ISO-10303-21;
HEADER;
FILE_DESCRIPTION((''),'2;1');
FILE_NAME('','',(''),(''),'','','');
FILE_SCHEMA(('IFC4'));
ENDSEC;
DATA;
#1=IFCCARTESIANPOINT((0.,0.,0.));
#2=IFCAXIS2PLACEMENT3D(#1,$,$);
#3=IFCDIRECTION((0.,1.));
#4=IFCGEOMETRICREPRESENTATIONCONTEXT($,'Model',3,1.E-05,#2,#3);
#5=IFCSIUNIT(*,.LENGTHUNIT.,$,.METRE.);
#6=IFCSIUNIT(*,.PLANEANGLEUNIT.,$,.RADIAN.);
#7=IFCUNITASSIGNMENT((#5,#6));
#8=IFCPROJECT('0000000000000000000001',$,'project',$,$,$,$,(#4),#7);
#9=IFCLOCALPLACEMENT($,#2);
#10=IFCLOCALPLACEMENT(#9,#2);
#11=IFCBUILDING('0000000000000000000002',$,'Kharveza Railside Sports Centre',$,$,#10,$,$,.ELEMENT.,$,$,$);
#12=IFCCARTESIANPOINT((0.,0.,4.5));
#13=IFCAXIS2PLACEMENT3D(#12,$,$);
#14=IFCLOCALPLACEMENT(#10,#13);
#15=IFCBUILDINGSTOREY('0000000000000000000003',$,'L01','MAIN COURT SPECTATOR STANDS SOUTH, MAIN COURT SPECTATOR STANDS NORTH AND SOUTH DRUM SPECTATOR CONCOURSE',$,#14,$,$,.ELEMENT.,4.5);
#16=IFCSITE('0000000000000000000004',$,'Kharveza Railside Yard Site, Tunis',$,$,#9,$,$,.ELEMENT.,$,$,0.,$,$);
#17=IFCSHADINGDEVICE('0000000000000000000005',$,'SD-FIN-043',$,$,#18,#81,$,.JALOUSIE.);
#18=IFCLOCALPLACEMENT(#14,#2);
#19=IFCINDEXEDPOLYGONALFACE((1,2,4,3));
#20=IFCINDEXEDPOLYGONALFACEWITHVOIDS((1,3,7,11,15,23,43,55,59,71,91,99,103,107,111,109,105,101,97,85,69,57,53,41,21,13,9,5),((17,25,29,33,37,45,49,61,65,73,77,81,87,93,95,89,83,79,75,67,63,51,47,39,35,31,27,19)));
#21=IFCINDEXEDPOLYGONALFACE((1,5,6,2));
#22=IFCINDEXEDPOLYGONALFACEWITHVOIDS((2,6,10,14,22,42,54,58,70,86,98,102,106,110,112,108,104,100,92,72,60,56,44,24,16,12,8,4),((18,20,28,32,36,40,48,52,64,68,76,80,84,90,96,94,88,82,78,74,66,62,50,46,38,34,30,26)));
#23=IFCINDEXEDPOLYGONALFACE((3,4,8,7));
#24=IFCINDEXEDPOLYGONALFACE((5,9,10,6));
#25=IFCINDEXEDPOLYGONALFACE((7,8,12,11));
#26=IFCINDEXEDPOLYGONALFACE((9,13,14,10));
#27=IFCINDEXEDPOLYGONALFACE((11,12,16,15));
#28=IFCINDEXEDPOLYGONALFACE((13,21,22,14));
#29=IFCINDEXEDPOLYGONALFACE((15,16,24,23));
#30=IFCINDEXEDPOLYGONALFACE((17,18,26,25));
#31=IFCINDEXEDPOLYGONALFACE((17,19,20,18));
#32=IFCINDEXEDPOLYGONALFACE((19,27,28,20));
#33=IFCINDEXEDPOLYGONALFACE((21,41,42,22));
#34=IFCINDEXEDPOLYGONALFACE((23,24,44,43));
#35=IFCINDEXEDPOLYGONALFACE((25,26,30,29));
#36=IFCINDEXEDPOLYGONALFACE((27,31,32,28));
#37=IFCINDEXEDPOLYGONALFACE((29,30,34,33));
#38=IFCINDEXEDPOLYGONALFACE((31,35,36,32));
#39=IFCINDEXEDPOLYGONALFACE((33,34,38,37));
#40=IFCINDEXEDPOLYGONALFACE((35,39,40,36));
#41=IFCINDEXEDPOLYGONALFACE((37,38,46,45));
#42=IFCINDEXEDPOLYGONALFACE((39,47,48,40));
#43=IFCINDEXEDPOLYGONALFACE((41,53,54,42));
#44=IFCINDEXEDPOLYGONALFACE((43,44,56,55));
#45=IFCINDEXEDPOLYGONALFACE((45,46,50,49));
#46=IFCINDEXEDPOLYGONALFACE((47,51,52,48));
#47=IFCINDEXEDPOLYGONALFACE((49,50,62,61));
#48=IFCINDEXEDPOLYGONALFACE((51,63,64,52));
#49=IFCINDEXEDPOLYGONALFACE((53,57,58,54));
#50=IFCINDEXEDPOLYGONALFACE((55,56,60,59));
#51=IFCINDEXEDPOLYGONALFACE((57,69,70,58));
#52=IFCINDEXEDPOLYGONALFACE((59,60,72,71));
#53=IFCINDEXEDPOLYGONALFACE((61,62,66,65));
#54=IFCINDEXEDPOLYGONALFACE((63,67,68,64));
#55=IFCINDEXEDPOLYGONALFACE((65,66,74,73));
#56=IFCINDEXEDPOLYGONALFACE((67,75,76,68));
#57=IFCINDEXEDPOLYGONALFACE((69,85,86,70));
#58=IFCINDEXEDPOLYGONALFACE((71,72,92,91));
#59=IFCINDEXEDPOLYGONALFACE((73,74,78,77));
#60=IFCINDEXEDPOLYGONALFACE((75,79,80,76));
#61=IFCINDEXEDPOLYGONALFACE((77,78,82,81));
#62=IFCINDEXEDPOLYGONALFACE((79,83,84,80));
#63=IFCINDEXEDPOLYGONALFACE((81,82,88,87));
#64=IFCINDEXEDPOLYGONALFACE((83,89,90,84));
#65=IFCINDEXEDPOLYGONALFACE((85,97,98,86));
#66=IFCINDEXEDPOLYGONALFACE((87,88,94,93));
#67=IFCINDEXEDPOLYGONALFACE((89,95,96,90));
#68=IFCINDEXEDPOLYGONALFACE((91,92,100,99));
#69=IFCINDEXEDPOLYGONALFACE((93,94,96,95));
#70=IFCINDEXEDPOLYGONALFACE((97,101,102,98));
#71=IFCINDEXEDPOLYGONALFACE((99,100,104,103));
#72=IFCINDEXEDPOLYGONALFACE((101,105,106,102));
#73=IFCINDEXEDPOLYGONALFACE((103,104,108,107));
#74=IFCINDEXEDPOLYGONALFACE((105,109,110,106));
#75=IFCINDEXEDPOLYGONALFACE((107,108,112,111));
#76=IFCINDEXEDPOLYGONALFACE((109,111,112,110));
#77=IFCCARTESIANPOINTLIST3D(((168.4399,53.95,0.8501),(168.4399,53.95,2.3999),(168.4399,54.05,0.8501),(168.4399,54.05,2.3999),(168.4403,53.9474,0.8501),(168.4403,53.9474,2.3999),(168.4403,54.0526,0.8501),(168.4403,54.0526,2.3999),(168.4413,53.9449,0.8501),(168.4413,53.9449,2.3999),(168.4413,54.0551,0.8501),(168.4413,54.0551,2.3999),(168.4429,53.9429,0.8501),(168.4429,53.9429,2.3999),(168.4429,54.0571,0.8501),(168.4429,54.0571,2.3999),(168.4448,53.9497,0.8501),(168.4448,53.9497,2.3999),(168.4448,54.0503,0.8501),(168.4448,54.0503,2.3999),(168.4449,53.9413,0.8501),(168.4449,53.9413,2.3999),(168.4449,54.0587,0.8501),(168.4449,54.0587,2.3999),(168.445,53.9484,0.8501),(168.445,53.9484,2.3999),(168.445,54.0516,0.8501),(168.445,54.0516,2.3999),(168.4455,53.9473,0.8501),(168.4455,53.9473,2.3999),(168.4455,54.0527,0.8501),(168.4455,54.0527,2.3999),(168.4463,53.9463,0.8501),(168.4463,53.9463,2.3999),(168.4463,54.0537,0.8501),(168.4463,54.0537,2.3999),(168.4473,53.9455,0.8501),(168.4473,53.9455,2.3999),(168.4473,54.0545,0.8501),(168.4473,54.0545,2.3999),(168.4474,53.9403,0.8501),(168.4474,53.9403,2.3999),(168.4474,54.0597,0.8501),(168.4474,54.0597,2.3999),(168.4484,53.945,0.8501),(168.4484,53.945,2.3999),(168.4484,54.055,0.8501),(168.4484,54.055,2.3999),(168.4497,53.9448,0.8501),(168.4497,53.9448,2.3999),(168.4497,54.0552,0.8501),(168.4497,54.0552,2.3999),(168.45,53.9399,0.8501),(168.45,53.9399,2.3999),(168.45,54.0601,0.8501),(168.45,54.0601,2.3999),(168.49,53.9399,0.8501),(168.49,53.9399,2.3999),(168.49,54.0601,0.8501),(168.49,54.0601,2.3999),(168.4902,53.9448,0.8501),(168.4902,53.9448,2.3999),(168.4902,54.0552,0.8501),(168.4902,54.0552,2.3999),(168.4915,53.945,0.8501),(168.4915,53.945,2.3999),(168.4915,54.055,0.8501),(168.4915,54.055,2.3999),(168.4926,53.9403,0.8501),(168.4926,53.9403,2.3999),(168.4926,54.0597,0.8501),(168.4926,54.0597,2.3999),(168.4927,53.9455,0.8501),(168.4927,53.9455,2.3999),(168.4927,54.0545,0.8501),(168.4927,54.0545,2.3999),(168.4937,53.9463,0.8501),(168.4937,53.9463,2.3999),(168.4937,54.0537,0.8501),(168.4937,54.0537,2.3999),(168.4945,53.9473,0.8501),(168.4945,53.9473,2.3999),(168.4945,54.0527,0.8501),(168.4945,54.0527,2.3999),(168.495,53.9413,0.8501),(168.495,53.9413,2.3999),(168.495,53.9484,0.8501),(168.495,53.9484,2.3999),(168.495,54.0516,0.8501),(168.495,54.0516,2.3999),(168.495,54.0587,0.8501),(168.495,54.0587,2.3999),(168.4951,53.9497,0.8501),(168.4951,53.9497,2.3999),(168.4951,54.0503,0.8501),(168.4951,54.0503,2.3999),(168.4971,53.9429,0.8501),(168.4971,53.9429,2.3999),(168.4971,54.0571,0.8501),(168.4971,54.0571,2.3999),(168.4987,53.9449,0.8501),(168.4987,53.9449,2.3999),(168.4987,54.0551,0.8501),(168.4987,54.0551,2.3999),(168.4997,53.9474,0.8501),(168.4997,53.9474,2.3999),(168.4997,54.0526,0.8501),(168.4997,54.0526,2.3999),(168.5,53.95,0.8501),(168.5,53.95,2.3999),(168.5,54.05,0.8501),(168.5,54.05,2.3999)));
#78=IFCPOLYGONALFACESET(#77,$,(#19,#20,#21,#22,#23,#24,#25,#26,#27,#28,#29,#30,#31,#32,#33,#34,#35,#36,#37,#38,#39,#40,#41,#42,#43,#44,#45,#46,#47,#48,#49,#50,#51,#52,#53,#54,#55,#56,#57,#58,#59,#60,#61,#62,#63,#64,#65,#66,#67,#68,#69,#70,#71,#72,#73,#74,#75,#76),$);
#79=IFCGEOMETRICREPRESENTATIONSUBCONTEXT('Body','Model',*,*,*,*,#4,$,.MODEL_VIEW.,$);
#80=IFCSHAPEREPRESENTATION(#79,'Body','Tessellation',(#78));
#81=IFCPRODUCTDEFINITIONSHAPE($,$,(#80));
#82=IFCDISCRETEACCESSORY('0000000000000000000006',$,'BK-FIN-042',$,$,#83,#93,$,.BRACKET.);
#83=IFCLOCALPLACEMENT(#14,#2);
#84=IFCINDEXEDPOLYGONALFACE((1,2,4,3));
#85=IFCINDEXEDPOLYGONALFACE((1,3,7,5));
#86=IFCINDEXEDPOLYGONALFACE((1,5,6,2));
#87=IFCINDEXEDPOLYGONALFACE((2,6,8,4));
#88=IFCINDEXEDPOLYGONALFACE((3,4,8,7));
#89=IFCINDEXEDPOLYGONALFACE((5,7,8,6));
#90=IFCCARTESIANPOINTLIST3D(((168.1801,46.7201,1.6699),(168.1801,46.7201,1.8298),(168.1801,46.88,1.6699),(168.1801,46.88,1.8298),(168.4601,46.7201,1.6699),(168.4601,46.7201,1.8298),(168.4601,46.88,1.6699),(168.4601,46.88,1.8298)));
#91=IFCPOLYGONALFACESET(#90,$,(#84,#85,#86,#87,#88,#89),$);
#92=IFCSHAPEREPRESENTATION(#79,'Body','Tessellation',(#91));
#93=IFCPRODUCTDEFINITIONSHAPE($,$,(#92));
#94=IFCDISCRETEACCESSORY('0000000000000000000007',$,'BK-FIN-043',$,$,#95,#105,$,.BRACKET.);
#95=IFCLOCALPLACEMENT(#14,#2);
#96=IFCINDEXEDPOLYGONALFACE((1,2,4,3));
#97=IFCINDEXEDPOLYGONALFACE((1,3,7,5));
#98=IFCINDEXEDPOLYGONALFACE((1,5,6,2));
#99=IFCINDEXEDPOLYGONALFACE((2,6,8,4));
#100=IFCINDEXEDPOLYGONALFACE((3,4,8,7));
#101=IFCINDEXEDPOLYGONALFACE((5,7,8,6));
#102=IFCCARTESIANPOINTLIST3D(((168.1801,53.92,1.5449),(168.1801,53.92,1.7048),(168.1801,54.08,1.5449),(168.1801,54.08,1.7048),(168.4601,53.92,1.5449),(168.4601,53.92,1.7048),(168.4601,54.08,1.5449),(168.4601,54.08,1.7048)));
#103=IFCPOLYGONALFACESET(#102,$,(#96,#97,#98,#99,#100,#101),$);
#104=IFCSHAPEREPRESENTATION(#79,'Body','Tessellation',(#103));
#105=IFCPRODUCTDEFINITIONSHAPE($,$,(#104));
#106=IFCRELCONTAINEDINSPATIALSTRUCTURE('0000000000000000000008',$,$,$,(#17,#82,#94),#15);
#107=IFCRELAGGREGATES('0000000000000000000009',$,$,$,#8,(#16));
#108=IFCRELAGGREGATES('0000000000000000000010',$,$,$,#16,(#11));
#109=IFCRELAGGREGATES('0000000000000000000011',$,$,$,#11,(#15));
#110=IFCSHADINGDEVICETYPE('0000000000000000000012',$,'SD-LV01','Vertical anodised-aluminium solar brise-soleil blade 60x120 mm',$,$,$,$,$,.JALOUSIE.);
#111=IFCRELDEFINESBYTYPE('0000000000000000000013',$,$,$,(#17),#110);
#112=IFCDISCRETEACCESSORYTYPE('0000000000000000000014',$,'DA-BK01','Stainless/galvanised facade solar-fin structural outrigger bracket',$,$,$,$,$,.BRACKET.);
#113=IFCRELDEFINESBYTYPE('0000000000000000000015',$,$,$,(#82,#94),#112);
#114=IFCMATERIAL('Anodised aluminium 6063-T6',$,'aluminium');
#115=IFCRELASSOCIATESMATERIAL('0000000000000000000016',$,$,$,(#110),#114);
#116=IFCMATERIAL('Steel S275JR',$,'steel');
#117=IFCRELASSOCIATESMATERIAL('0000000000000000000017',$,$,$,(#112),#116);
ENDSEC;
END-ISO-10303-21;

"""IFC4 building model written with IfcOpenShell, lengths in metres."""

from ifc_helpers import new_model, si_unit, direction, frame, origin, origin_2d, place, context, subcontext, project, spatial, rectangle, hollow_rectangle, extrude, material, material_profile, profile_set, type_object, element, save


model = new_model("IFC4")

# Units and contexts
model_context = context("Model", 3, precision=1e-05, world=origin(), true_north=direction((0.0, 1.0)))
body_context = subcontext(model_context, "Body", "Model", "MODEL_VIEW")
ifc_project = project(units=[si_unit("LENGTHUNIT", "METRE"), si_unit("PLANEANGLEUNIT", "RADIAN")], contexts=[model_context])

# Site, building, storey
site_placement = place(None, origin())
site = spatial("IfcSite", under=ifc_project, at=site_placement, Name="Kharveza Railside Yard Site, Tunis", CompositionType="ELEMENT", RefElevation=0.0)
building_placement = place(site_placement, origin())
building = spatial("IfcBuilding", under=site, at=building_placement, Name="Kharveza Railside Sports Centre", CompositionType="ELEMENT")
storey_placement = place(building_placement, frame((0.0, 0.0, 4.5)))
storey = spatial("IfcBuildingStorey", under=building, at=storey_placement, Name="L01", Description="MAIN COURT SPECTATOR STANDS SOUTH, MAIN COURT SPECTATOR STANDS NORTH AND SOUTH DRUM SPECTATOR CONCOURSE", CompositionType="ELEMENT", Elevation=4.5)

# Shading device
ifc_material_1 = material(Name="Anodised aluminium 6063-T6", Category="aluminium")
ifc_material_profile_1 = material_profile(ifc_material_1, hollow_rectangle(XDim=0.0601, YDim=0.1201, WallThickness=0.0049, InnerFilletRadius=0.0049, OuterFilletRadius=0.01, at=origin_2d()), Name="RHS 60x120x5.0")
ifc_profile_set_1 = profile_set([ifc_material_profile_1], Name="Anodised aluminium 6063-T6")
shading_device_type = type_object("IfcShadingDeviceType", Name="SD-LV01", Description="Vertical anodised-aluminium solar brise-soleil blade 60x120 mm", PredefinedType="JALOUSIE", material=ifc_profile_set_1)
shading_device_1_placement = place(storey_placement, frame((168.47, 54.0, 0.8501), z_axis=(0.0, 0.0, 1.0), x_axis=(1.0, 0.0, 0.0)))
element("IfcShadingDevice", 1, at=shading_device_1_placement, inside=storey, type_object=shading_device_type, Name="SD-FIN-043", PredefinedType="JALOUSIE", context=body_context, shape_type="SweptSolid", body=[
    extrude(hollow_rectangle(XDim=0.0601, YDim=0.1201, WallThickness=0.0049, InnerFilletRadius=0.0049, OuterFilletRadius=0.01, at=origin_2d()), origin(), (0.0, 0.0, 1.0), 1.5498),
])

# Discrete accessories
ifc_material_2 = material(Name="Steel S275JR", Category="steel")
discrete_accessory_type = type_object("IfcDiscreteAccessoryType", Name="DA-BK01", Description="Stainless/galvanised facade solar-fin structural outrigger bracket", PredefinedType="BRACKET", material=ifc_material_2)
for number, where, z_axis, x_axis, name in (
    (2, (168.3201, 46.8, 1.6699), (0.0, 0.0, 1.0), (1.0, 0.0, 0.0), "BK-FIN-042"),
    (3, (168.3201, 54.0, 1.5449), (0.0, 0.0, 1.0), (1.0, 0.0, 0.0), "BK-FIN-043"),
):
    element("IfcDiscreteAccessory", number, at=place(storey_placement, frame(where, z_axis=z_axis, x_axis=x_axis)), inside=storey, type_object=discrete_accessory_type, Name=name, PredefinedType="BRACKET", context=body_context, shape_type="SweptSolid", body=[
        extrude(rectangle(XDim=0.28, YDim=0.1599, at=origin_2d()), origin(), (0.0, 0.0, 1.0), 0.1599),
    ])

save(model, "model.ifc")
